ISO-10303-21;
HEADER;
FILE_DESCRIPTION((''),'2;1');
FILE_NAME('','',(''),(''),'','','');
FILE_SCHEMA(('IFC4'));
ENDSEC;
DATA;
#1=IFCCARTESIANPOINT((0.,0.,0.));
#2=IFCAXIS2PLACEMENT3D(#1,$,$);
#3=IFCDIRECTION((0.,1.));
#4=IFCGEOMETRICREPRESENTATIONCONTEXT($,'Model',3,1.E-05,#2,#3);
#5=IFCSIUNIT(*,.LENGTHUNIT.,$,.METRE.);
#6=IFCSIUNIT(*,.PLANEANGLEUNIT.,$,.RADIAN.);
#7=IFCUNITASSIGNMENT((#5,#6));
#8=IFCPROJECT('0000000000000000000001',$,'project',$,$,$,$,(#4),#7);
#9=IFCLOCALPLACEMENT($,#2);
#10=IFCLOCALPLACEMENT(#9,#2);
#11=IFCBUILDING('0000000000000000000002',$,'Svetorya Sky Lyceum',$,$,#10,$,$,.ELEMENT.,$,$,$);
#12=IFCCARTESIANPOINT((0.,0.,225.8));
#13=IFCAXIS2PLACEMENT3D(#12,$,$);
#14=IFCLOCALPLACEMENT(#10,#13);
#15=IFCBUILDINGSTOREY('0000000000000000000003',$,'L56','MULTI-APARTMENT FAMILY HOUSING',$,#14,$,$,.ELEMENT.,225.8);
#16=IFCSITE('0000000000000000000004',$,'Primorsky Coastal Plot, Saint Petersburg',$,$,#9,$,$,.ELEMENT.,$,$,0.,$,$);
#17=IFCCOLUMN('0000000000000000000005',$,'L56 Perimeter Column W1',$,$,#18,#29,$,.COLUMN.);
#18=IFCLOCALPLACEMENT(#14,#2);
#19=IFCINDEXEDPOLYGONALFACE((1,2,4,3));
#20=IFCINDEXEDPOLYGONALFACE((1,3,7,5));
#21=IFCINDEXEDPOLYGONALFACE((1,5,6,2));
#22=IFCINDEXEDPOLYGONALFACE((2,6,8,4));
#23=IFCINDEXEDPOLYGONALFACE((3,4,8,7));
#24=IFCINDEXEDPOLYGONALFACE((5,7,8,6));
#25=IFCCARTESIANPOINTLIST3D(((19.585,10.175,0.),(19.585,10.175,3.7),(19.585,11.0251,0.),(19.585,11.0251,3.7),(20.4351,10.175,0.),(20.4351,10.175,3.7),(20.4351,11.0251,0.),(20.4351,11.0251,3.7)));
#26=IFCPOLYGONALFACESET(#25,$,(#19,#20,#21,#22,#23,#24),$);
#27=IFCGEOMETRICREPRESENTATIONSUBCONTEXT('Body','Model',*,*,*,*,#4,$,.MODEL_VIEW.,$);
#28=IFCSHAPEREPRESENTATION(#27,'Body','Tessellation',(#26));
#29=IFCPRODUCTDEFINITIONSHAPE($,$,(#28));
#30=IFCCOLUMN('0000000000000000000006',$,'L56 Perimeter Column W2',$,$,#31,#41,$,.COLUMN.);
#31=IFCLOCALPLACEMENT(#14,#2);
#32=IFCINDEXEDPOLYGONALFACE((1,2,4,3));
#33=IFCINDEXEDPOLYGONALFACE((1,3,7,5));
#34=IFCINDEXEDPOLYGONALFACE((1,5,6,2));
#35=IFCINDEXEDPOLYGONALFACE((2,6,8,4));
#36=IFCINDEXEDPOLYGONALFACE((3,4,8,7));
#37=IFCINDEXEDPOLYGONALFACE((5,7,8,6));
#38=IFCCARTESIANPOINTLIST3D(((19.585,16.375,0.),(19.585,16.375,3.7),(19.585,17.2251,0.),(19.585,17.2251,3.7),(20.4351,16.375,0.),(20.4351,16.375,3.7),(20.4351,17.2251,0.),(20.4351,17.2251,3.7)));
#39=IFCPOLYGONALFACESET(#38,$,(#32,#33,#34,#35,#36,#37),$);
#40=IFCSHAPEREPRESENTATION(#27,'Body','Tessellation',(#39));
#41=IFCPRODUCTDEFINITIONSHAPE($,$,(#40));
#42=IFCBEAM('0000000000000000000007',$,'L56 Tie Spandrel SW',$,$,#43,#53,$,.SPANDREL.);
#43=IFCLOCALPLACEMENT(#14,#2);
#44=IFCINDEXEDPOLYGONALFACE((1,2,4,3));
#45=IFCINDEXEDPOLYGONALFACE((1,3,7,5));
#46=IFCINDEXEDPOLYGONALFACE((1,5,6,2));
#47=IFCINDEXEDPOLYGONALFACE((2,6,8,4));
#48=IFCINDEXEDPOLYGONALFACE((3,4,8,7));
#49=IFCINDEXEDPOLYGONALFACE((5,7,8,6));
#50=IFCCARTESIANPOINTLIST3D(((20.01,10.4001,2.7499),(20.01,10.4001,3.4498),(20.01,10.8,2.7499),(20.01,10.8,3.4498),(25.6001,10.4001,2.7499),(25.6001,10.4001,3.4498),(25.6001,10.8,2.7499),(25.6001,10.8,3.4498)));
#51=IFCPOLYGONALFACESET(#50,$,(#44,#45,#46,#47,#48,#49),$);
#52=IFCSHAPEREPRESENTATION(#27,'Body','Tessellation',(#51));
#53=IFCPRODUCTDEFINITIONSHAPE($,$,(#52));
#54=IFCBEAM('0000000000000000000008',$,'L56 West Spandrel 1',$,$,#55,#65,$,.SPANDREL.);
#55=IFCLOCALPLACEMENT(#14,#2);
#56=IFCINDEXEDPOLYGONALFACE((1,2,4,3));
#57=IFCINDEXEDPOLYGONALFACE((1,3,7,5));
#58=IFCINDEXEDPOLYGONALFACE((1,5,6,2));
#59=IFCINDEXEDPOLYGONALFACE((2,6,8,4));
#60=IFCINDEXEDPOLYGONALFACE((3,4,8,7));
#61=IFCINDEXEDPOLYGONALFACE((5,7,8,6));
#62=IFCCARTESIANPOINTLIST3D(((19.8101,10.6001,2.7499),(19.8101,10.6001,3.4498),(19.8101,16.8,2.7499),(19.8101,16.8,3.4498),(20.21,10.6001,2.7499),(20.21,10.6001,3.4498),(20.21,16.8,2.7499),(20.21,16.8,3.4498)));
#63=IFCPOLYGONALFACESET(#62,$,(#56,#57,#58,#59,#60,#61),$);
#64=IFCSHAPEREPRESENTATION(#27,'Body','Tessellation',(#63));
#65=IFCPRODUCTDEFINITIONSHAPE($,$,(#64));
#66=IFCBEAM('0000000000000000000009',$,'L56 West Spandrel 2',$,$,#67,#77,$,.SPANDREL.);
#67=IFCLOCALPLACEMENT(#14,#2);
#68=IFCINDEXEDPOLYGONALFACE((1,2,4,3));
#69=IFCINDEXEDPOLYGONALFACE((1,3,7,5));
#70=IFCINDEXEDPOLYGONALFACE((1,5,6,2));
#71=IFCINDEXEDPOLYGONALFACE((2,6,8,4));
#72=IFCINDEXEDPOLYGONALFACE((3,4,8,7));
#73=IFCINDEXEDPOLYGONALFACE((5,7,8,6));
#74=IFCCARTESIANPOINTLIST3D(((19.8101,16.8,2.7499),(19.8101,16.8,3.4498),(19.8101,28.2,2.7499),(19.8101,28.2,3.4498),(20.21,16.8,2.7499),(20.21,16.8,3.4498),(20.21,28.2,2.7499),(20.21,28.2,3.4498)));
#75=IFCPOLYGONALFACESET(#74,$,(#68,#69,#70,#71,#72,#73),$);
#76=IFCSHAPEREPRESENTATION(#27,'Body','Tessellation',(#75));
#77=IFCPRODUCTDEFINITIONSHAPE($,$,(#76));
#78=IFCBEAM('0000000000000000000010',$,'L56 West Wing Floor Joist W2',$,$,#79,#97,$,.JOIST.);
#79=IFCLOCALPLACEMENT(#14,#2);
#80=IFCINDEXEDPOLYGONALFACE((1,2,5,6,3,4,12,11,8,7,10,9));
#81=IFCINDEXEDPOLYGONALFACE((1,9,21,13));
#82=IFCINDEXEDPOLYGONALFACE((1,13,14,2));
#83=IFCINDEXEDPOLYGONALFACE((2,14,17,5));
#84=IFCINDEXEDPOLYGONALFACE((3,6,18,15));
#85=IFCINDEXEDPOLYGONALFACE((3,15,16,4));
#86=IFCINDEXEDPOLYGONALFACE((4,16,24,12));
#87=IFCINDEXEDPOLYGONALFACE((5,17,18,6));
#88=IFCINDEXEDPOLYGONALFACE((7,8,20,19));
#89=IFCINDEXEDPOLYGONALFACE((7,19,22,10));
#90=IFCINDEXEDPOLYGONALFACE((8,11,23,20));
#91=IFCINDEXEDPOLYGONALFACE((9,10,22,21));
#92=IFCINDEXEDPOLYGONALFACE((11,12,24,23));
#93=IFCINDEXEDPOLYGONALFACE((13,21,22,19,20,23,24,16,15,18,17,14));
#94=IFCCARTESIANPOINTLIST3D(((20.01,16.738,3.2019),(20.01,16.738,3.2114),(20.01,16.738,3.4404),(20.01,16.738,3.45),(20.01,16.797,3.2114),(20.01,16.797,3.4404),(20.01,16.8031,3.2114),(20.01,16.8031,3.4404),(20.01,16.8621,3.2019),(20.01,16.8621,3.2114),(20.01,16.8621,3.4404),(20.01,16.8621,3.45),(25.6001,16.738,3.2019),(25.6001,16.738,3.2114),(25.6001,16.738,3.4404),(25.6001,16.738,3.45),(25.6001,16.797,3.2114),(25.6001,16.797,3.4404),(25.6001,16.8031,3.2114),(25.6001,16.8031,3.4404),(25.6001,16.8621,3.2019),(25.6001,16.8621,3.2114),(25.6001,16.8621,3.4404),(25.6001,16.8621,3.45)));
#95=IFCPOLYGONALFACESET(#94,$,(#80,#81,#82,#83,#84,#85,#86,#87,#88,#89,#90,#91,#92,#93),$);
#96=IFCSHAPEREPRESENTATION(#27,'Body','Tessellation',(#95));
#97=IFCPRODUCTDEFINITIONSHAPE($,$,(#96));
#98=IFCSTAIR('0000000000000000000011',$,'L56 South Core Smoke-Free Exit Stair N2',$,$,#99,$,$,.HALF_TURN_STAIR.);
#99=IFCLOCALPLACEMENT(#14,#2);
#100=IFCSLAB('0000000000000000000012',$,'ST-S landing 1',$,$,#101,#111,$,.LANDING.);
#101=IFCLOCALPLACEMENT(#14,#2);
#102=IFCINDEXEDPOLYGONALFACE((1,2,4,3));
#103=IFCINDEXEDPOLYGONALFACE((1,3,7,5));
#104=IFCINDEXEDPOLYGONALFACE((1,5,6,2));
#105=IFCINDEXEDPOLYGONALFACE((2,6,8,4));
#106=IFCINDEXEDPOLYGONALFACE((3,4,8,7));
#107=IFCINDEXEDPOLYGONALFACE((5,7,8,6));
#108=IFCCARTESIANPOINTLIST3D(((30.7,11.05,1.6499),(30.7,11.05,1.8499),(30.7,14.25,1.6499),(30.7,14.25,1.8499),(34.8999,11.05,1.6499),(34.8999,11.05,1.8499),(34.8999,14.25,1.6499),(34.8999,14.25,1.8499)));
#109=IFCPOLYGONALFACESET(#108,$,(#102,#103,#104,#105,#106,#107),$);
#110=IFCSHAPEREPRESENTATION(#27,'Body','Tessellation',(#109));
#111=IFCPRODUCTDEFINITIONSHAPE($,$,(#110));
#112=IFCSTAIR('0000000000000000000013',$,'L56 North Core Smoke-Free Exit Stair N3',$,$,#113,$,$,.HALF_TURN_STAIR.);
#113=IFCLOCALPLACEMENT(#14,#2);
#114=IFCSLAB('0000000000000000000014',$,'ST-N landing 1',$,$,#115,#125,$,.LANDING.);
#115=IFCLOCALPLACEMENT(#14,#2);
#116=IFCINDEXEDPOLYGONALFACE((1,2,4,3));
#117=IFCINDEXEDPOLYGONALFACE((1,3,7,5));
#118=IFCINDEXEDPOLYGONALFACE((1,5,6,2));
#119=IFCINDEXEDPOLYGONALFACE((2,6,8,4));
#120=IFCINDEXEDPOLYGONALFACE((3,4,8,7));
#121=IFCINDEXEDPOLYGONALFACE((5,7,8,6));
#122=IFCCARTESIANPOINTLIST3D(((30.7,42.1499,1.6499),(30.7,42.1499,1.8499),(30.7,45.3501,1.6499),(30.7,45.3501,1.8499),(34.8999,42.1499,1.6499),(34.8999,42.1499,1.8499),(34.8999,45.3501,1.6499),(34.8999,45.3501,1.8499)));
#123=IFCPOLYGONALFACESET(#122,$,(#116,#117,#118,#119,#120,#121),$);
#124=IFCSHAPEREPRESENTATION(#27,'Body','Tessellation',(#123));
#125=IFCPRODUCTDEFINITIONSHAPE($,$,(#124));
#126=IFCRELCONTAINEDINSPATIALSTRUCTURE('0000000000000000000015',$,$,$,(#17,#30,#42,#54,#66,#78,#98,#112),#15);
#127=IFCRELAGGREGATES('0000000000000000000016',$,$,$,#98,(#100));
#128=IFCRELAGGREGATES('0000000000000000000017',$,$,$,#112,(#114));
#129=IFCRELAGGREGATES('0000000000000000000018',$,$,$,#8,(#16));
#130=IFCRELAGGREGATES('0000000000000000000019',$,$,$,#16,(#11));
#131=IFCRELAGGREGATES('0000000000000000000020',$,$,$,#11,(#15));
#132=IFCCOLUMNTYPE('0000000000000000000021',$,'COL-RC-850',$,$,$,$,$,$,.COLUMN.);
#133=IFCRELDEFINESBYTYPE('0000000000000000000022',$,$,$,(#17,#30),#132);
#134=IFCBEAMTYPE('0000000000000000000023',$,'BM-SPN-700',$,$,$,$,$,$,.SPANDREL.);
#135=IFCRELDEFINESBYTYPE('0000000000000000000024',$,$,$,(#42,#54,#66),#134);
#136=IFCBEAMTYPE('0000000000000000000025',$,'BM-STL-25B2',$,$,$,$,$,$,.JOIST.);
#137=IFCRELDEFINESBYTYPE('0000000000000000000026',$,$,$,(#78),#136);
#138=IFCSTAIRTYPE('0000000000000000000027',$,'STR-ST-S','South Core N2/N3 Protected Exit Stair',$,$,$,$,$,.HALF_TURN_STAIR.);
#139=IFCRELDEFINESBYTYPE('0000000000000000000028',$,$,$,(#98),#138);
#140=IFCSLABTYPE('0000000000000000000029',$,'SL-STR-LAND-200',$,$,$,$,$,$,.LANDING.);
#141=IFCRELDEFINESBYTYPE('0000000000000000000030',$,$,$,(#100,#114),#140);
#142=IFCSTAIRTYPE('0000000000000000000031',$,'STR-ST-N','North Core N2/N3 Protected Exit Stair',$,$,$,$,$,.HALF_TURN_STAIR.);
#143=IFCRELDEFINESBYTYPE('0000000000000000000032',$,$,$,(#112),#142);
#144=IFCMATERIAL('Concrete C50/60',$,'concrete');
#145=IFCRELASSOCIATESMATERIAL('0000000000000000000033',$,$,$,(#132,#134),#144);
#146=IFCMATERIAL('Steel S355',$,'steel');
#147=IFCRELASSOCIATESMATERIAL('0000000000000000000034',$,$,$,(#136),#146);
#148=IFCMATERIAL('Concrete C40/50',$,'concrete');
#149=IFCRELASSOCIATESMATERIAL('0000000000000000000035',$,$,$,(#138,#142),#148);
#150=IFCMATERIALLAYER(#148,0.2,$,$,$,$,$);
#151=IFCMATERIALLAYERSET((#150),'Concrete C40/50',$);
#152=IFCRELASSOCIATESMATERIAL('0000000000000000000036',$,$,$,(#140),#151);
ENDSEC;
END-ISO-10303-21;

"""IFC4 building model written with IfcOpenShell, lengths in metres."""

from ifc_helpers import new_model, si_unit, direction, frame, origin, origin_2d, place, context, subcontext, project, spatial, polyline, rectangle, i_section, outline, extrude, material, layer, layer_set, material_profile, profile_set, type_object, element, aggregate, save


model = new_model("IFC4")

# Units and contexts
model_context = context("Model", 3, precision=1e-05, world=origin(), true_north=direction((0.0, 1.0)))
body_context = subcontext(model_context, "Body", "Model", "MODEL_VIEW")
ifc_project = project(units=[si_unit("LENGTHUNIT", "METRE"), si_unit("PLANEANGLEUNIT", "RADIAN")], contexts=[model_context])

# Site, building, storey
site_placement = place(None, origin())
site = spatial("IfcSite", under=ifc_project, at=site_placement, Name="Primorsky Coastal Plot, Saint Petersburg", CompositionType="ELEMENT", RefElevation=0.0)
building_placement = place(site_placement, origin())
building = spatial("IfcBuilding", under=site, at=building_placement, Name="Svetorya Sky Lyceum", CompositionType="ELEMENT")
storey_placement = place(building_placement, frame((0.0, 0.0, 225.8)))
storey = spatial("IfcBuildingStorey", under=building, at=storey_placement, Name="L56", Description="MULTI-APARTMENT FAMILY HOUSING", CompositionType="ELEMENT", Elevation=225.8)

# Columns
ifc_material_1 = material(Name="Concrete C50/60", Category="concrete")
ifc_material_profile_1 = material_profile(ifc_material_1, rectangle(XDim=0.8501, YDim=0.8501, at=origin_2d()), Name="RC COL 850x850")
ifc_profile_set_1 = profile_set([ifc_material_profile_1], Name="Concrete C50/60")
column_type = type_object("IfcColumnType", Name="COL-RC-850", PredefinedType="COLUMN", material=ifc_profile_set_1)
for number, where, z_axis, x_axis, name in (
    (1, (20.01, 10.6001, 0.0), (0.0, 0.0, 1.0), (1.0, 0.0, 0.0), "L56 Perimeter Column W1"),
    (2, (20.01, 16.8, 0.0), (0.0, 0.0, 1.0), (1.0, 0.0, 0.0), "L56 Perimeter Column W2"),
):
    element("IfcColumn", number, at=place(storey_placement, frame(where, z_axis=z_axis, x_axis=x_axis)), inside=storey, type_object=column_type, Name=name, PredefinedType="COLUMN", context=body_context, shape_type="SweptSolid", body=[
        extrude(rectangle(XDim=0.8501, YDim=0.8501, at=origin_2d()), origin(), (0.0, 0.0, 1.0), 3.7),
    ])

# Beams
ifc_material_profile_2 = material_profile(ifc_material_1, rectangle(XDim=0.3999, YDim=0.7, at=origin_2d()), Name="RC SPANDREL 400x700")
ifc_profile_set_2 = profile_set([ifc_material_profile_2], Name="Concrete C50/60")
beam_type_1 = type_object("IfcBeamType", Name="BM-SPN-700", PredefinedType="SPANDREL", material=ifc_profile_set_2)
beam_1_placement = place(storey_placement, frame((20.01, 10.6001, 3.0999), z_axis=(1.0, 0.0, 0.0), x_axis=(0.0, 1.0, 0.0)))
element("IfcBeam", 3, at=beam_1_placement, inside=storey, type_object=beam_type_1, Name="L56 Tie Spandrel SW", PredefinedType="SPANDREL", context=body_context, shape_type="SweptSolid", body=[
    extrude(rectangle(XDim=0.3999, YDim=0.7, at=origin_2d()), origin(), (0.0, 0.0, 1.0), 5.5901),
])
beam_2_placement = place(storey_placement, frame((20.01, 10.6001, 3.0999), z_axis=(0.0, 1.0, 0.0), x_axis=(-1.0, 0.0, 0.0)))
element("IfcBeam", 4, at=beam_2_placement, inside=storey, type_object=beam_type_1, Name="L56 West Spandrel 1", PredefinedType="SPANDREL", context=body_context, shape_type="SweptSolid", body=[
    extrude(rectangle(XDim=0.3999, YDim=0.7, at=origin_2d()), origin(), (0.0, 0.0, 1.0), 6.2),
])
beam_3_placement = place(storey_placement, frame((20.01, 16.8, 3.0999), z_axis=(0.0, 1.0, 0.0), x_axis=(-1.0, 0.0, 0.0)))
element("IfcBeam", 5, at=beam_3_placement, inside=storey, type_object=beam_type_1, Name="L56 West Spandrel 2", PredefinedType="SPANDREL", context=body_context, shape_type="SweptSolid", body=[
    extrude(rectangle(XDim=0.3999, YDim=0.7, at=origin_2d()), origin(), (0.0, 0.0, 1.0), 11.3999),
])
ifc_material_2 = material(Name="Steel S355", Category="steel")
ifc_material_profile_3 = material_profile(ifc_material_2, i_section(OverallWidth=0.124, OverallDepth=0.248, WebThickness=0.0061, FlangeThickness=0.0095, at=origin_2d()), Name="GOST 25B2")
ifc_profile_set_3 = profile_set([ifc_material_profile_3], Name="Steel S355")
beam_type_2 = type_object("IfcBeamType", Name="BM-STL-25B2", PredefinedType="JOIST", material=ifc_profile_set_3)
beam_4_placement = place(storey_placement, frame((20.01, 16.8, 3.3259), z_axis=(1.0, 0.0, 0.0), x_axis=(0.0, 1.0, 0.0)))
element("IfcBeam", 6, at=beam_4_placement, inside=storey, type_object=beam_type_2, Name="L56 West Wing Floor Joist W2", PredefinedType="JOIST", context=body_context, shape_type="SweptSolid", body=[
    extrude(i_section(OverallWidth=0.124, OverallDepth=0.248, WebThickness=0.0061, FlangeThickness=0.0095, at=origin_2d()), origin(), (0.0, 0.0, 1.0), 5.5901),
])

# Stairs, slabs
ifc_material_3 = material(Name="Concrete C40/50", Category="concrete")
stair_type_1 = type_object("IfcStairType", Name="STR-ST-S", Description="South Core N2/N3 Protected Exit Stair", PredefinedType="HALF_TURN_STAIR", material=ifc_material_3)
stair_1_placement = place(storey_placement, origin())
stair_1 = element("IfcStair", 7, at=stair_1_placement, inside=storey, type_object=stair_type_1, Name="L56 South Core Smoke-Free Exit Stair N2", PredefinedType="HALF_TURN_STAIR")
ifc_layer_1 = layer(ifc_material_3, 0.2)
ifc_layer_set_1 = layer_set([ifc_layer_1], Name="Concrete C40/50")
slab_type_1 = type_object("IfcSlabType", Name="SL-STR-LAND-200", PredefinedType="LANDING", material=ifc_layer_set_1)
slab_1_placement = place(storey_placement, frame((0.0, 0.0, 1.6499)))
slab_1 = element("IfcSlab", 8, at=slab_1_placement, type_object=slab_type_1, Name="ST-S landing 1", PredefinedType="LANDING", context=body_context, shape_type="SweptSolid", body=[
    extrude(outline(polyline([(30.7, 11.05), (34.8999, 11.05), (34.8999, 14.25), (30.7, 14.25), (30.7, 11.05)])), origin(), (0.0, 0.0, 1.0), 0.2),
])
aggregate(stair_1, [slab_1])
stair_type_2 = type_object("IfcStairType", Name="STR-ST-N", Description="North Core N2/N3 Protected Exit Stair", PredefinedType="HALF_TURN_STAIR", material=ifc_material_3)
stair_2_placement = place(storey_placement, origin())
stair_2 = element("IfcStair", 9, at=stair_2_placement, inside=storey, type_object=stair_type_2, Name="L56 North Core Smoke-Free Exit Stair N3", PredefinedType="HALF_TURN_STAIR")
slab_2_placement = place(storey_placement, frame((0.0, 0.0, 1.6499)))
slab_2 = element("IfcSlab", 10, at=slab_2_placement, type_object=slab_type_1, Name="ST-N landing 1", PredefinedType="LANDING", context=body_context, shape_type="SweptSolid", body=[
    extrude(outline(polyline([(30.7, 42.1499), (34.8999, 42.1499), (34.8999, 45.3501), (30.7, 45.3501), (30.7, 42.1499)])), origin(), (0.0, 0.0, 1.0), 0.2),
])
aggregate(stair_2, [slab_2])

save(model, "model.ifc")
